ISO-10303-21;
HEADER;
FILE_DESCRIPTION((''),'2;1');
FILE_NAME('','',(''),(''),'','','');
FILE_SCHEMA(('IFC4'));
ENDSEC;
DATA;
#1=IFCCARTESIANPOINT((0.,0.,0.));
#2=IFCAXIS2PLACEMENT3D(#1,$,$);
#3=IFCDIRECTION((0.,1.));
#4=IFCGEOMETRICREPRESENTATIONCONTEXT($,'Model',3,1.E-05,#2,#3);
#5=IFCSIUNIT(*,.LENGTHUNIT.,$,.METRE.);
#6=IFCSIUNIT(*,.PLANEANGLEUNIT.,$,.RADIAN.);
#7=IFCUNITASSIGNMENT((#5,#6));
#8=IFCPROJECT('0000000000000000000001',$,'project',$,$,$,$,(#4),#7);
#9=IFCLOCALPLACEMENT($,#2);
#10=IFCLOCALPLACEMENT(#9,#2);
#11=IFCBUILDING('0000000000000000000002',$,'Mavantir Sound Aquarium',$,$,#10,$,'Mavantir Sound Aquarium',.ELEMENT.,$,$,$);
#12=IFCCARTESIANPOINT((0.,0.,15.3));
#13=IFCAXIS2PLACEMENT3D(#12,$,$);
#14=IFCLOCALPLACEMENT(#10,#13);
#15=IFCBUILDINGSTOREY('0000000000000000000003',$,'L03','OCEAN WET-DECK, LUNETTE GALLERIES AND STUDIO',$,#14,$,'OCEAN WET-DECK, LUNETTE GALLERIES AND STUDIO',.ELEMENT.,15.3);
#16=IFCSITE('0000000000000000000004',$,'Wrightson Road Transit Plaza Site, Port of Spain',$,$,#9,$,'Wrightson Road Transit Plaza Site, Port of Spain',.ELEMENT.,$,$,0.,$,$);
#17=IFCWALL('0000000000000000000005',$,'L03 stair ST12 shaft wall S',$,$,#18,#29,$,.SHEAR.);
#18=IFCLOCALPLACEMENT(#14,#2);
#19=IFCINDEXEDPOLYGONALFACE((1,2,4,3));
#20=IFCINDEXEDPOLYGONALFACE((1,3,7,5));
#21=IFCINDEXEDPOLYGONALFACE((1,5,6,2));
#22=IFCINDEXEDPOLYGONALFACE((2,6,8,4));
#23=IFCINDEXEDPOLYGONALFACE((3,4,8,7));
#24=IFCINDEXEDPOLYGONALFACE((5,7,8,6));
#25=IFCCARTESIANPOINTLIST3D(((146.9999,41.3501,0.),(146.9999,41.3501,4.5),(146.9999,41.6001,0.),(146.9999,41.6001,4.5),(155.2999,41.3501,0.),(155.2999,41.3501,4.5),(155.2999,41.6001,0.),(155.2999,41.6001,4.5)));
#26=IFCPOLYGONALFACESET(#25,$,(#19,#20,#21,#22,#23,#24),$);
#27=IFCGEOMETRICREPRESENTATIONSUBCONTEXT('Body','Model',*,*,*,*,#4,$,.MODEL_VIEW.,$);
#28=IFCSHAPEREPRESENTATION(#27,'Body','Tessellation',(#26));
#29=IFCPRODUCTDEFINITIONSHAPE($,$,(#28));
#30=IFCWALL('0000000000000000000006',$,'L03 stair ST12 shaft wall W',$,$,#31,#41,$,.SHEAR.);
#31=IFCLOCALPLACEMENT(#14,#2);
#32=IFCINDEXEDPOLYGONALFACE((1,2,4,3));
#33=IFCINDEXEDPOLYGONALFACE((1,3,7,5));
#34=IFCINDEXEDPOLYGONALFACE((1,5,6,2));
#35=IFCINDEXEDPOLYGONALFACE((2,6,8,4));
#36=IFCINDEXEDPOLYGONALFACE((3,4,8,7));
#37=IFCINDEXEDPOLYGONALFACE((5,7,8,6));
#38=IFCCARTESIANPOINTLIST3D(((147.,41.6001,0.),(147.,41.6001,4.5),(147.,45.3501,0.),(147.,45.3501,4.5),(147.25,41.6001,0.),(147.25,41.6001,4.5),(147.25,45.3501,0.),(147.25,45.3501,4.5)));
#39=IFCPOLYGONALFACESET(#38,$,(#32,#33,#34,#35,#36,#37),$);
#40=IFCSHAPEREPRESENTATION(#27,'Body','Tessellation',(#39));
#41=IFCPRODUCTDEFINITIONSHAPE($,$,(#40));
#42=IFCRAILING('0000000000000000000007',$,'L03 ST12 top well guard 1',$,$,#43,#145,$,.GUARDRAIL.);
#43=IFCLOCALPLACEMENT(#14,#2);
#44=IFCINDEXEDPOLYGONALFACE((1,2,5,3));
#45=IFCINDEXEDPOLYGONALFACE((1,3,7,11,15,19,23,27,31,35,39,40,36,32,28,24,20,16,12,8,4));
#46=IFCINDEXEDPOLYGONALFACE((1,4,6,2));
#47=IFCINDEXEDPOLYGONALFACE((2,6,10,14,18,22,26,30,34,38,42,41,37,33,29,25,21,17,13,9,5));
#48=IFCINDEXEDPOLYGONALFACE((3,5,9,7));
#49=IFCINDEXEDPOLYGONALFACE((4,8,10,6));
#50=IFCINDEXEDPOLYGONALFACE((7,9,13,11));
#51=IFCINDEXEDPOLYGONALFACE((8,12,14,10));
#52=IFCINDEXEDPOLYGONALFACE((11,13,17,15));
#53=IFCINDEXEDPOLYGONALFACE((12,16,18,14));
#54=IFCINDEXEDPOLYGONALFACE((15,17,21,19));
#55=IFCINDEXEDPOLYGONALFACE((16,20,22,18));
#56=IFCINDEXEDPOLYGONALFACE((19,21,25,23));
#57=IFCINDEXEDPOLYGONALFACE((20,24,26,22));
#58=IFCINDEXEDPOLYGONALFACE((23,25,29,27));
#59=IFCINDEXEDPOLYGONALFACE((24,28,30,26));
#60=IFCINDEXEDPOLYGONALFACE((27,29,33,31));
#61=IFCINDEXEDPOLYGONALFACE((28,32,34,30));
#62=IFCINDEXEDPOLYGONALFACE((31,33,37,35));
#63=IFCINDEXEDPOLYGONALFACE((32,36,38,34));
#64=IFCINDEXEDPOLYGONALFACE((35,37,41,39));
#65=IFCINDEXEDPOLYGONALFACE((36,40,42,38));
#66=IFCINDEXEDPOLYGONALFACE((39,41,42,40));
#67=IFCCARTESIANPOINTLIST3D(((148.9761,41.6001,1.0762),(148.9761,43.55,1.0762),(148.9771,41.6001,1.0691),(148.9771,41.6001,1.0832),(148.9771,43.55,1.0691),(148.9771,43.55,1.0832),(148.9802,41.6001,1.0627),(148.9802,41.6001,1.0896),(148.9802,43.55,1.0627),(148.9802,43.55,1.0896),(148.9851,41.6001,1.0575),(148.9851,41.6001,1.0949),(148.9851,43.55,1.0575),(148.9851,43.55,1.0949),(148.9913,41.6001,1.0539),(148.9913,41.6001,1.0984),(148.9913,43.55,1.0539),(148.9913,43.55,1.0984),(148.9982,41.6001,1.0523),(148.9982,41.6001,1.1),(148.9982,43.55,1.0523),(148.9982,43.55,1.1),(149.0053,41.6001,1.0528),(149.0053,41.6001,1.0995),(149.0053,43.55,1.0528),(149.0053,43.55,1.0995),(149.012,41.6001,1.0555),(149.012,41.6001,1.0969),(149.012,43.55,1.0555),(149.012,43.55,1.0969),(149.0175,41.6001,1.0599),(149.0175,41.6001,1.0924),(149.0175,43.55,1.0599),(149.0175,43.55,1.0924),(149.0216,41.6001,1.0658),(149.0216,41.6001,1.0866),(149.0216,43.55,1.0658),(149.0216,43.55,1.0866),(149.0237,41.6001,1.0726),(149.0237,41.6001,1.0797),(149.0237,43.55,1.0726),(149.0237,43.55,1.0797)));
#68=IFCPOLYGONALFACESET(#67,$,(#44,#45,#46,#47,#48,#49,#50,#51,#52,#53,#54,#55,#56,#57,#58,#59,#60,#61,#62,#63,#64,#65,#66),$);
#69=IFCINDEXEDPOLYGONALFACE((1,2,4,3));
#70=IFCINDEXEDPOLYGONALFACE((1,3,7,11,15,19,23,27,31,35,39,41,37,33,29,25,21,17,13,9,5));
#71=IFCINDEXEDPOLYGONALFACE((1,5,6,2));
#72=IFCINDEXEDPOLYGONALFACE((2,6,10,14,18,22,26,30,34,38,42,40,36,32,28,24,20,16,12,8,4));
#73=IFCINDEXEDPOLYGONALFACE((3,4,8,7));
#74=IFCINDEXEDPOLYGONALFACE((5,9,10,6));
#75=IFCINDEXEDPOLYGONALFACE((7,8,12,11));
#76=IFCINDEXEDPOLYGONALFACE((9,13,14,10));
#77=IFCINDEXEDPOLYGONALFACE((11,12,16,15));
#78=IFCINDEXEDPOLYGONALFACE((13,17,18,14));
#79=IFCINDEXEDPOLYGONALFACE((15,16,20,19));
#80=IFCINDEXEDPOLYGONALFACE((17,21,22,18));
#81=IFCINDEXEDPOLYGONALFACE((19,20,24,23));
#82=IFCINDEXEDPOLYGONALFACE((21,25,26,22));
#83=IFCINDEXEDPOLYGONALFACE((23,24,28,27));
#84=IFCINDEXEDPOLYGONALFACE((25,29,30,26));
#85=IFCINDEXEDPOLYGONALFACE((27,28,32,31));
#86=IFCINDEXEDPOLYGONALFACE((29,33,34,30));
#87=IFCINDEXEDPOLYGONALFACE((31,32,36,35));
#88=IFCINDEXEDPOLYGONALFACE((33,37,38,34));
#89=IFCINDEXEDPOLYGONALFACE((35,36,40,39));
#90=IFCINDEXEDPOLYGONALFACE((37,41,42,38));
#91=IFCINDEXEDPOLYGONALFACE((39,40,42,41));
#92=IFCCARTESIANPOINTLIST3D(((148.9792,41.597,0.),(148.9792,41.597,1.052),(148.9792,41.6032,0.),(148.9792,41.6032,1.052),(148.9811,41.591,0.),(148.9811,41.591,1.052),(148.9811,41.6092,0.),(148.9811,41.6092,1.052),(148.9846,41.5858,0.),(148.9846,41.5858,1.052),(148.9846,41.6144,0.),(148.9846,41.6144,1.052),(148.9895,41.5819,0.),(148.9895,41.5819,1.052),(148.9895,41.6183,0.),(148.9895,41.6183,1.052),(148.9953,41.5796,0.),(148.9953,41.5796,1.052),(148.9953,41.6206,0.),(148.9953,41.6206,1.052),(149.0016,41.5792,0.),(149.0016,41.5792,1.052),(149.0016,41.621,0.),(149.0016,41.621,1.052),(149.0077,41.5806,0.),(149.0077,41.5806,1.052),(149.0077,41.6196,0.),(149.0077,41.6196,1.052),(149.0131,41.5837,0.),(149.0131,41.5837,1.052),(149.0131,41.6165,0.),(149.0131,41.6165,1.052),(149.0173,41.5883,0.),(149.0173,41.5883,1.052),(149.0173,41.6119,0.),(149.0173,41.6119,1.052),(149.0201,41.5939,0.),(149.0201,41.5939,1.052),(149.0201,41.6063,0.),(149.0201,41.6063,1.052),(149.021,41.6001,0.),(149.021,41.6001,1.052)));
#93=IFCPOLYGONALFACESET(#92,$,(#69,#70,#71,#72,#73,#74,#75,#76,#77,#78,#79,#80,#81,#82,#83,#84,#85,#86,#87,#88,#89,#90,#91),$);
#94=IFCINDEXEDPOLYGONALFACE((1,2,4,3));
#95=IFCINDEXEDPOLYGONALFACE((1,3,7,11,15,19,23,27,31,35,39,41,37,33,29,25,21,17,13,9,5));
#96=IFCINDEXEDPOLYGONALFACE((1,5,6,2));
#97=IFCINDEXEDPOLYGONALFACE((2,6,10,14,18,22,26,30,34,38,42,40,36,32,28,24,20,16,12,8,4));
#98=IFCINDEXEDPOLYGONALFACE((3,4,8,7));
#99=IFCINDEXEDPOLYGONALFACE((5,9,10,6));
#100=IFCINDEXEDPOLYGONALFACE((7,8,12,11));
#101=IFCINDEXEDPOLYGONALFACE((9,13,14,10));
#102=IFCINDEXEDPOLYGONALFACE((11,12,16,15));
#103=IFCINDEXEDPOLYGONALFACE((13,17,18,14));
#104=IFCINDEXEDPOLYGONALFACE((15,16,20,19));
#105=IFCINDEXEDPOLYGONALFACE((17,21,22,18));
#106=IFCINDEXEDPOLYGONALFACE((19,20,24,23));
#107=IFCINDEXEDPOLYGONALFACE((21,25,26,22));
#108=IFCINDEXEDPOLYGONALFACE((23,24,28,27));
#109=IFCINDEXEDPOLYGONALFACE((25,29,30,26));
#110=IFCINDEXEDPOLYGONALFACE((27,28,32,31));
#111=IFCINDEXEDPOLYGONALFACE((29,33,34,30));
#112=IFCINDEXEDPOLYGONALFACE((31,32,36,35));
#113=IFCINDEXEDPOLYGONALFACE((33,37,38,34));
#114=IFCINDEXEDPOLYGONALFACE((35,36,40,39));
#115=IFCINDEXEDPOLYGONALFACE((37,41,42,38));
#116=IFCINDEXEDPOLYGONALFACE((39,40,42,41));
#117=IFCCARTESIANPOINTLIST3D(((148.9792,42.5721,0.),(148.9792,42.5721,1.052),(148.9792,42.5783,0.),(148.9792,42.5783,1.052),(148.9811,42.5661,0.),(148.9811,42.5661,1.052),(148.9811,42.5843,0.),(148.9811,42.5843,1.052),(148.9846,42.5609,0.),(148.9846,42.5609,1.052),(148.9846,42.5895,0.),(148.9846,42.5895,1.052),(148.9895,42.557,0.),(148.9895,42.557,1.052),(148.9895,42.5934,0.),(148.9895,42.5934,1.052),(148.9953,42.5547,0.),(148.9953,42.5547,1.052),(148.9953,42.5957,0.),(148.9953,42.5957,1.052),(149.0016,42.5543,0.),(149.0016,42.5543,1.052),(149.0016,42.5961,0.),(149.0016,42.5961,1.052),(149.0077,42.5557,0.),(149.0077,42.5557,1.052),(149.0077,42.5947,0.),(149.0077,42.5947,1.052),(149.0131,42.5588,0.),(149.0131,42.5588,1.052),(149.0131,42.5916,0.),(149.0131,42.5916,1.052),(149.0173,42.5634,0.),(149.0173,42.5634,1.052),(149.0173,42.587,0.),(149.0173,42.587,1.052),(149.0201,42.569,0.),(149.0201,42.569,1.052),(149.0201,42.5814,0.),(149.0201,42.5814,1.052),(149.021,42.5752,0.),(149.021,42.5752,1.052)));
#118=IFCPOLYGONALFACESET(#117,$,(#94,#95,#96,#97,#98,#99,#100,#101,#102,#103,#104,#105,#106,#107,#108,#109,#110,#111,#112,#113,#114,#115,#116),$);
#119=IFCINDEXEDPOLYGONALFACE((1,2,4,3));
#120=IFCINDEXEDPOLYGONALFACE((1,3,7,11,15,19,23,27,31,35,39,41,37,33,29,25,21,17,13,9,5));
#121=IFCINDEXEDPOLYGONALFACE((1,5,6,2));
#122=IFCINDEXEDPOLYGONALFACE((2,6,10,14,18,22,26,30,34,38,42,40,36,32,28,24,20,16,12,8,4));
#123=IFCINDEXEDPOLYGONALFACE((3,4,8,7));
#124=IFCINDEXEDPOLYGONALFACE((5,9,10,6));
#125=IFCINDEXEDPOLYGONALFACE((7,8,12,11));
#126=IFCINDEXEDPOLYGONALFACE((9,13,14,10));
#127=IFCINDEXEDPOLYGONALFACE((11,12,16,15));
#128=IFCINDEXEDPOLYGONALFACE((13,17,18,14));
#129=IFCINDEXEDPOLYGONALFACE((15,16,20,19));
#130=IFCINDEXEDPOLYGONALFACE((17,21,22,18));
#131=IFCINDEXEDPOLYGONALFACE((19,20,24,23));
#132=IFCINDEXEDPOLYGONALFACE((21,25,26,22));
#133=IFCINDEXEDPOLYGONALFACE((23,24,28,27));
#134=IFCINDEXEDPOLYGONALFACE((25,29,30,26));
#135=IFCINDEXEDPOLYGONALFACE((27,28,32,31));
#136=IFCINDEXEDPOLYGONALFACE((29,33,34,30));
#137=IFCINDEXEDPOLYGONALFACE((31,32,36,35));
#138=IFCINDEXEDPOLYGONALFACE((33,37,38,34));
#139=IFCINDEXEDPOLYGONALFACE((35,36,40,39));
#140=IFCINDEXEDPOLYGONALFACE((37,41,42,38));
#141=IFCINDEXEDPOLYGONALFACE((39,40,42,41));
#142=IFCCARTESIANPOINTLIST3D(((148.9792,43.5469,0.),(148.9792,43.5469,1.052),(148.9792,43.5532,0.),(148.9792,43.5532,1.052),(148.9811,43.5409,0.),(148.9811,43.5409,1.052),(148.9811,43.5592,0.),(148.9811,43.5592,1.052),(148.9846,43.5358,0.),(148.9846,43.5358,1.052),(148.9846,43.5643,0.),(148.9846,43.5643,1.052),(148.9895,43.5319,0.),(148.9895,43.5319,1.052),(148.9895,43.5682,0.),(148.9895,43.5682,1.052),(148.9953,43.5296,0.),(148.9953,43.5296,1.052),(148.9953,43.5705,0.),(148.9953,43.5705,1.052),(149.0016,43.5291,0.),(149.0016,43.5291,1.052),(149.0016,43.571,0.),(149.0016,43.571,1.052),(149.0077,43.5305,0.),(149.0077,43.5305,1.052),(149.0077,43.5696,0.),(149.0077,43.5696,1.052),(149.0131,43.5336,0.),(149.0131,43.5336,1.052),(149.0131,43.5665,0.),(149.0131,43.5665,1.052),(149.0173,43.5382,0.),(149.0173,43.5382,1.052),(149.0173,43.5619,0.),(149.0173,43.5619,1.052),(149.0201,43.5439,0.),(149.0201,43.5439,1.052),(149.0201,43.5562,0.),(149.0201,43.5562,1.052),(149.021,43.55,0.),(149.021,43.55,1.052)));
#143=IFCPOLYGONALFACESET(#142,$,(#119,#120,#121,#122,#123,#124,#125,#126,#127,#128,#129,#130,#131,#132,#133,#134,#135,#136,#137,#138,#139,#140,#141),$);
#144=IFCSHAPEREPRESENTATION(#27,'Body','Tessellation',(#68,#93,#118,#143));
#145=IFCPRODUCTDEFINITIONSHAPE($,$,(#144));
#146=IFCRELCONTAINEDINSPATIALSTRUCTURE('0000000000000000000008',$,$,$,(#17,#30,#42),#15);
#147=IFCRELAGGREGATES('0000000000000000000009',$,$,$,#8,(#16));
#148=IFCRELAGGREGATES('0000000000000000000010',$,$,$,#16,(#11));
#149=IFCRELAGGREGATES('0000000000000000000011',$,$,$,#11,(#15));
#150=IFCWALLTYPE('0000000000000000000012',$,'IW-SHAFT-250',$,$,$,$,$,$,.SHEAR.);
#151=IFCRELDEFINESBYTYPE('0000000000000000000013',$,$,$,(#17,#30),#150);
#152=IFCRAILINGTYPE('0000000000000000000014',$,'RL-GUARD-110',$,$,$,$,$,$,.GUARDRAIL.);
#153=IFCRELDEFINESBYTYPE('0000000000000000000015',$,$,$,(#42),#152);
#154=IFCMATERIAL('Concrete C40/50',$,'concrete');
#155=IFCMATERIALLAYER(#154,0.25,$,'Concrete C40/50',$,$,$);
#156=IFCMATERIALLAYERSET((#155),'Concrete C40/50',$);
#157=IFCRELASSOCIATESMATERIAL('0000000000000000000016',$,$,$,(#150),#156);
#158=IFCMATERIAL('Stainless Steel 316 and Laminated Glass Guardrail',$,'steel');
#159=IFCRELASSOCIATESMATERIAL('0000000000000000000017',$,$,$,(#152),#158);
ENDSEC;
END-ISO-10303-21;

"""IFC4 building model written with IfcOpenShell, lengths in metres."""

from ifc_helpers import new_model, si_unit, direction, frame, frame_2d, origin, origin_2d, place, context, subcontext, project, spatial, rectangle, circle, extrude, material, layer, layer_set, type_object, element, save


model = new_model("IFC4")

# Units and contexts
model_context = context("Model", 3, precision=1e-05, world=origin(), true_north=direction((0.0, 1.0)))
body_context = subcontext(model_context, "Body", "Model", "MODEL_VIEW")
ifc_project = project(units=[si_unit("LENGTHUNIT", "METRE"), si_unit("PLANEANGLEUNIT", "RADIAN")], contexts=[model_context])

# Site, building, storey
site_placement = place(None, origin())
site = spatial("IfcSite", under=ifc_project, at=site_placement, Name="Wrightson Road Transit Plaza Site, Port of Spain", LongName="Wrightson Road Transit Plaza Site, Port of Spain", CompositionType="ELEMENT", RefElevation=0.0)
building_placement = place(site_placement, origin())
building = spatial("IfcBuilding", under=site, at=building_placement, Name="Mavantir Sound Aquarium", LongName="Mavantir Sound Aquarium", CompositionType="ELEMENT")
storey_placement = place(building_placement, frame((0.0, 0.0, 15.3)))
storey = spatial("IfcBuildingStorey", under=building, at=storey_placement, Name="L03", Description="OCEAN WET-DECK, LUNETTE GALLERIES AND STUDIO", LongName="OCEAN WET-DECK, LUNETTE GALLERIES AND STUDIO", CompositionType="ELEMENT", Elevation=15.3)

# Shared definitions
ifc_material_1 = material(Name="Concrete C40/50", Category="concrete")

# Walls
ifc_layer_1 = layer(ifc_material_1, 0.25, Name="Concrete C40/50")
ifc_layer_set_1 = layer_set([ifc_layer_1], Name="Concrete C40/50")
wall_type_1 = type_object("IfcWallType", Name="IW-SHAFT-250", PredefinedType="SHEAR", material=ifc_layer_set_1)
wall_1_placement = place(storey_placement, frame((147.0, 41.4751, 0.0), z_axis=(0.0, 0.0, 1.0), x_axis=(1.0, 0.0, 0.0)))
element("IfcWall", 1, at=wall_1_placement, inside=storey, type_object=wall_type_1, Name="L03 stair ST12 shaft wall S", PredefinedType="SHEAR", context=body_context, shape_type="SweptSolid", body=[
    extrude(rectangle(XDim=8.3, YDim=0.25, at=frame_2d((4.1499, 0.0))), origin(), (0.0, 0.0, 1.0), 4.5),
])
wall_2_placement = place(storey_placement, frame((147.125, 45.3501, 0.0), z_axis=(0.0, 0.0, 1.0), x_axis=(0.0, -1.0, 0.0)))
element("IfcWall", 2, at=wall_2_placement, inside=storey, type_object=wall_type_1, Name="L03 stair ST12 shaft wall W", PredefinedType="SHEAR", context=body_context, shape_type="SweptSolid", body=[
    extrude(rectangle(XDim=3.75, YDim=0.25, at=frame_2d((1.875, 0.0))), origin(), (0.0, 0.0, 1.0), 4.5),
])

# Railing
ifc_material_2 = material(Name="Stainless Steel 316 and Laminated Glass Guardrail", Category="steel")
railing_type = type_object("IfcRailingType", Name="RL-GUARD-110", PredefinedType="GUARDRAIL", material=ifc_material_2)
railing_1_placement = place(storey_placement, frame((149.0, 41.6001, 0.0)))
element("IfcRailing", 3, at=railing_1_placement, inside=storey, type_object=railing_type, Name="L03 ST12 top well guard 1", PredefinedType="GUARDRAIL", context=body_context, shape_type="SweptSolid", body=[
    extrude(circle(Radius=0.0239, at=origin_2d()), frame((0.0, 0.0, 1.0762), z_axis=(0.0, 1.0, 0.0), x_axis=(-1.0, 0.0, 0.0)), (0.0, 0.0, 1.0), 1.95),
    extrude(circle(Radius=0.021, at=origin_2d()), origin(), (0.0, 0.0, 1.0), 1.052),
    extrude(circle(Radius=0.021, at=origin_2d()), frame((0.0, 0.9751, 0.0)), (0.0, 0.0, 1.0), 1.052),
    extrude(circle(Radius=0.021, at=origin_2d()), frame((0.0, 1.95, 0.0)), (0.0, 0.0, 1.0), 1.052),
])

save(model, "model.ifc")
